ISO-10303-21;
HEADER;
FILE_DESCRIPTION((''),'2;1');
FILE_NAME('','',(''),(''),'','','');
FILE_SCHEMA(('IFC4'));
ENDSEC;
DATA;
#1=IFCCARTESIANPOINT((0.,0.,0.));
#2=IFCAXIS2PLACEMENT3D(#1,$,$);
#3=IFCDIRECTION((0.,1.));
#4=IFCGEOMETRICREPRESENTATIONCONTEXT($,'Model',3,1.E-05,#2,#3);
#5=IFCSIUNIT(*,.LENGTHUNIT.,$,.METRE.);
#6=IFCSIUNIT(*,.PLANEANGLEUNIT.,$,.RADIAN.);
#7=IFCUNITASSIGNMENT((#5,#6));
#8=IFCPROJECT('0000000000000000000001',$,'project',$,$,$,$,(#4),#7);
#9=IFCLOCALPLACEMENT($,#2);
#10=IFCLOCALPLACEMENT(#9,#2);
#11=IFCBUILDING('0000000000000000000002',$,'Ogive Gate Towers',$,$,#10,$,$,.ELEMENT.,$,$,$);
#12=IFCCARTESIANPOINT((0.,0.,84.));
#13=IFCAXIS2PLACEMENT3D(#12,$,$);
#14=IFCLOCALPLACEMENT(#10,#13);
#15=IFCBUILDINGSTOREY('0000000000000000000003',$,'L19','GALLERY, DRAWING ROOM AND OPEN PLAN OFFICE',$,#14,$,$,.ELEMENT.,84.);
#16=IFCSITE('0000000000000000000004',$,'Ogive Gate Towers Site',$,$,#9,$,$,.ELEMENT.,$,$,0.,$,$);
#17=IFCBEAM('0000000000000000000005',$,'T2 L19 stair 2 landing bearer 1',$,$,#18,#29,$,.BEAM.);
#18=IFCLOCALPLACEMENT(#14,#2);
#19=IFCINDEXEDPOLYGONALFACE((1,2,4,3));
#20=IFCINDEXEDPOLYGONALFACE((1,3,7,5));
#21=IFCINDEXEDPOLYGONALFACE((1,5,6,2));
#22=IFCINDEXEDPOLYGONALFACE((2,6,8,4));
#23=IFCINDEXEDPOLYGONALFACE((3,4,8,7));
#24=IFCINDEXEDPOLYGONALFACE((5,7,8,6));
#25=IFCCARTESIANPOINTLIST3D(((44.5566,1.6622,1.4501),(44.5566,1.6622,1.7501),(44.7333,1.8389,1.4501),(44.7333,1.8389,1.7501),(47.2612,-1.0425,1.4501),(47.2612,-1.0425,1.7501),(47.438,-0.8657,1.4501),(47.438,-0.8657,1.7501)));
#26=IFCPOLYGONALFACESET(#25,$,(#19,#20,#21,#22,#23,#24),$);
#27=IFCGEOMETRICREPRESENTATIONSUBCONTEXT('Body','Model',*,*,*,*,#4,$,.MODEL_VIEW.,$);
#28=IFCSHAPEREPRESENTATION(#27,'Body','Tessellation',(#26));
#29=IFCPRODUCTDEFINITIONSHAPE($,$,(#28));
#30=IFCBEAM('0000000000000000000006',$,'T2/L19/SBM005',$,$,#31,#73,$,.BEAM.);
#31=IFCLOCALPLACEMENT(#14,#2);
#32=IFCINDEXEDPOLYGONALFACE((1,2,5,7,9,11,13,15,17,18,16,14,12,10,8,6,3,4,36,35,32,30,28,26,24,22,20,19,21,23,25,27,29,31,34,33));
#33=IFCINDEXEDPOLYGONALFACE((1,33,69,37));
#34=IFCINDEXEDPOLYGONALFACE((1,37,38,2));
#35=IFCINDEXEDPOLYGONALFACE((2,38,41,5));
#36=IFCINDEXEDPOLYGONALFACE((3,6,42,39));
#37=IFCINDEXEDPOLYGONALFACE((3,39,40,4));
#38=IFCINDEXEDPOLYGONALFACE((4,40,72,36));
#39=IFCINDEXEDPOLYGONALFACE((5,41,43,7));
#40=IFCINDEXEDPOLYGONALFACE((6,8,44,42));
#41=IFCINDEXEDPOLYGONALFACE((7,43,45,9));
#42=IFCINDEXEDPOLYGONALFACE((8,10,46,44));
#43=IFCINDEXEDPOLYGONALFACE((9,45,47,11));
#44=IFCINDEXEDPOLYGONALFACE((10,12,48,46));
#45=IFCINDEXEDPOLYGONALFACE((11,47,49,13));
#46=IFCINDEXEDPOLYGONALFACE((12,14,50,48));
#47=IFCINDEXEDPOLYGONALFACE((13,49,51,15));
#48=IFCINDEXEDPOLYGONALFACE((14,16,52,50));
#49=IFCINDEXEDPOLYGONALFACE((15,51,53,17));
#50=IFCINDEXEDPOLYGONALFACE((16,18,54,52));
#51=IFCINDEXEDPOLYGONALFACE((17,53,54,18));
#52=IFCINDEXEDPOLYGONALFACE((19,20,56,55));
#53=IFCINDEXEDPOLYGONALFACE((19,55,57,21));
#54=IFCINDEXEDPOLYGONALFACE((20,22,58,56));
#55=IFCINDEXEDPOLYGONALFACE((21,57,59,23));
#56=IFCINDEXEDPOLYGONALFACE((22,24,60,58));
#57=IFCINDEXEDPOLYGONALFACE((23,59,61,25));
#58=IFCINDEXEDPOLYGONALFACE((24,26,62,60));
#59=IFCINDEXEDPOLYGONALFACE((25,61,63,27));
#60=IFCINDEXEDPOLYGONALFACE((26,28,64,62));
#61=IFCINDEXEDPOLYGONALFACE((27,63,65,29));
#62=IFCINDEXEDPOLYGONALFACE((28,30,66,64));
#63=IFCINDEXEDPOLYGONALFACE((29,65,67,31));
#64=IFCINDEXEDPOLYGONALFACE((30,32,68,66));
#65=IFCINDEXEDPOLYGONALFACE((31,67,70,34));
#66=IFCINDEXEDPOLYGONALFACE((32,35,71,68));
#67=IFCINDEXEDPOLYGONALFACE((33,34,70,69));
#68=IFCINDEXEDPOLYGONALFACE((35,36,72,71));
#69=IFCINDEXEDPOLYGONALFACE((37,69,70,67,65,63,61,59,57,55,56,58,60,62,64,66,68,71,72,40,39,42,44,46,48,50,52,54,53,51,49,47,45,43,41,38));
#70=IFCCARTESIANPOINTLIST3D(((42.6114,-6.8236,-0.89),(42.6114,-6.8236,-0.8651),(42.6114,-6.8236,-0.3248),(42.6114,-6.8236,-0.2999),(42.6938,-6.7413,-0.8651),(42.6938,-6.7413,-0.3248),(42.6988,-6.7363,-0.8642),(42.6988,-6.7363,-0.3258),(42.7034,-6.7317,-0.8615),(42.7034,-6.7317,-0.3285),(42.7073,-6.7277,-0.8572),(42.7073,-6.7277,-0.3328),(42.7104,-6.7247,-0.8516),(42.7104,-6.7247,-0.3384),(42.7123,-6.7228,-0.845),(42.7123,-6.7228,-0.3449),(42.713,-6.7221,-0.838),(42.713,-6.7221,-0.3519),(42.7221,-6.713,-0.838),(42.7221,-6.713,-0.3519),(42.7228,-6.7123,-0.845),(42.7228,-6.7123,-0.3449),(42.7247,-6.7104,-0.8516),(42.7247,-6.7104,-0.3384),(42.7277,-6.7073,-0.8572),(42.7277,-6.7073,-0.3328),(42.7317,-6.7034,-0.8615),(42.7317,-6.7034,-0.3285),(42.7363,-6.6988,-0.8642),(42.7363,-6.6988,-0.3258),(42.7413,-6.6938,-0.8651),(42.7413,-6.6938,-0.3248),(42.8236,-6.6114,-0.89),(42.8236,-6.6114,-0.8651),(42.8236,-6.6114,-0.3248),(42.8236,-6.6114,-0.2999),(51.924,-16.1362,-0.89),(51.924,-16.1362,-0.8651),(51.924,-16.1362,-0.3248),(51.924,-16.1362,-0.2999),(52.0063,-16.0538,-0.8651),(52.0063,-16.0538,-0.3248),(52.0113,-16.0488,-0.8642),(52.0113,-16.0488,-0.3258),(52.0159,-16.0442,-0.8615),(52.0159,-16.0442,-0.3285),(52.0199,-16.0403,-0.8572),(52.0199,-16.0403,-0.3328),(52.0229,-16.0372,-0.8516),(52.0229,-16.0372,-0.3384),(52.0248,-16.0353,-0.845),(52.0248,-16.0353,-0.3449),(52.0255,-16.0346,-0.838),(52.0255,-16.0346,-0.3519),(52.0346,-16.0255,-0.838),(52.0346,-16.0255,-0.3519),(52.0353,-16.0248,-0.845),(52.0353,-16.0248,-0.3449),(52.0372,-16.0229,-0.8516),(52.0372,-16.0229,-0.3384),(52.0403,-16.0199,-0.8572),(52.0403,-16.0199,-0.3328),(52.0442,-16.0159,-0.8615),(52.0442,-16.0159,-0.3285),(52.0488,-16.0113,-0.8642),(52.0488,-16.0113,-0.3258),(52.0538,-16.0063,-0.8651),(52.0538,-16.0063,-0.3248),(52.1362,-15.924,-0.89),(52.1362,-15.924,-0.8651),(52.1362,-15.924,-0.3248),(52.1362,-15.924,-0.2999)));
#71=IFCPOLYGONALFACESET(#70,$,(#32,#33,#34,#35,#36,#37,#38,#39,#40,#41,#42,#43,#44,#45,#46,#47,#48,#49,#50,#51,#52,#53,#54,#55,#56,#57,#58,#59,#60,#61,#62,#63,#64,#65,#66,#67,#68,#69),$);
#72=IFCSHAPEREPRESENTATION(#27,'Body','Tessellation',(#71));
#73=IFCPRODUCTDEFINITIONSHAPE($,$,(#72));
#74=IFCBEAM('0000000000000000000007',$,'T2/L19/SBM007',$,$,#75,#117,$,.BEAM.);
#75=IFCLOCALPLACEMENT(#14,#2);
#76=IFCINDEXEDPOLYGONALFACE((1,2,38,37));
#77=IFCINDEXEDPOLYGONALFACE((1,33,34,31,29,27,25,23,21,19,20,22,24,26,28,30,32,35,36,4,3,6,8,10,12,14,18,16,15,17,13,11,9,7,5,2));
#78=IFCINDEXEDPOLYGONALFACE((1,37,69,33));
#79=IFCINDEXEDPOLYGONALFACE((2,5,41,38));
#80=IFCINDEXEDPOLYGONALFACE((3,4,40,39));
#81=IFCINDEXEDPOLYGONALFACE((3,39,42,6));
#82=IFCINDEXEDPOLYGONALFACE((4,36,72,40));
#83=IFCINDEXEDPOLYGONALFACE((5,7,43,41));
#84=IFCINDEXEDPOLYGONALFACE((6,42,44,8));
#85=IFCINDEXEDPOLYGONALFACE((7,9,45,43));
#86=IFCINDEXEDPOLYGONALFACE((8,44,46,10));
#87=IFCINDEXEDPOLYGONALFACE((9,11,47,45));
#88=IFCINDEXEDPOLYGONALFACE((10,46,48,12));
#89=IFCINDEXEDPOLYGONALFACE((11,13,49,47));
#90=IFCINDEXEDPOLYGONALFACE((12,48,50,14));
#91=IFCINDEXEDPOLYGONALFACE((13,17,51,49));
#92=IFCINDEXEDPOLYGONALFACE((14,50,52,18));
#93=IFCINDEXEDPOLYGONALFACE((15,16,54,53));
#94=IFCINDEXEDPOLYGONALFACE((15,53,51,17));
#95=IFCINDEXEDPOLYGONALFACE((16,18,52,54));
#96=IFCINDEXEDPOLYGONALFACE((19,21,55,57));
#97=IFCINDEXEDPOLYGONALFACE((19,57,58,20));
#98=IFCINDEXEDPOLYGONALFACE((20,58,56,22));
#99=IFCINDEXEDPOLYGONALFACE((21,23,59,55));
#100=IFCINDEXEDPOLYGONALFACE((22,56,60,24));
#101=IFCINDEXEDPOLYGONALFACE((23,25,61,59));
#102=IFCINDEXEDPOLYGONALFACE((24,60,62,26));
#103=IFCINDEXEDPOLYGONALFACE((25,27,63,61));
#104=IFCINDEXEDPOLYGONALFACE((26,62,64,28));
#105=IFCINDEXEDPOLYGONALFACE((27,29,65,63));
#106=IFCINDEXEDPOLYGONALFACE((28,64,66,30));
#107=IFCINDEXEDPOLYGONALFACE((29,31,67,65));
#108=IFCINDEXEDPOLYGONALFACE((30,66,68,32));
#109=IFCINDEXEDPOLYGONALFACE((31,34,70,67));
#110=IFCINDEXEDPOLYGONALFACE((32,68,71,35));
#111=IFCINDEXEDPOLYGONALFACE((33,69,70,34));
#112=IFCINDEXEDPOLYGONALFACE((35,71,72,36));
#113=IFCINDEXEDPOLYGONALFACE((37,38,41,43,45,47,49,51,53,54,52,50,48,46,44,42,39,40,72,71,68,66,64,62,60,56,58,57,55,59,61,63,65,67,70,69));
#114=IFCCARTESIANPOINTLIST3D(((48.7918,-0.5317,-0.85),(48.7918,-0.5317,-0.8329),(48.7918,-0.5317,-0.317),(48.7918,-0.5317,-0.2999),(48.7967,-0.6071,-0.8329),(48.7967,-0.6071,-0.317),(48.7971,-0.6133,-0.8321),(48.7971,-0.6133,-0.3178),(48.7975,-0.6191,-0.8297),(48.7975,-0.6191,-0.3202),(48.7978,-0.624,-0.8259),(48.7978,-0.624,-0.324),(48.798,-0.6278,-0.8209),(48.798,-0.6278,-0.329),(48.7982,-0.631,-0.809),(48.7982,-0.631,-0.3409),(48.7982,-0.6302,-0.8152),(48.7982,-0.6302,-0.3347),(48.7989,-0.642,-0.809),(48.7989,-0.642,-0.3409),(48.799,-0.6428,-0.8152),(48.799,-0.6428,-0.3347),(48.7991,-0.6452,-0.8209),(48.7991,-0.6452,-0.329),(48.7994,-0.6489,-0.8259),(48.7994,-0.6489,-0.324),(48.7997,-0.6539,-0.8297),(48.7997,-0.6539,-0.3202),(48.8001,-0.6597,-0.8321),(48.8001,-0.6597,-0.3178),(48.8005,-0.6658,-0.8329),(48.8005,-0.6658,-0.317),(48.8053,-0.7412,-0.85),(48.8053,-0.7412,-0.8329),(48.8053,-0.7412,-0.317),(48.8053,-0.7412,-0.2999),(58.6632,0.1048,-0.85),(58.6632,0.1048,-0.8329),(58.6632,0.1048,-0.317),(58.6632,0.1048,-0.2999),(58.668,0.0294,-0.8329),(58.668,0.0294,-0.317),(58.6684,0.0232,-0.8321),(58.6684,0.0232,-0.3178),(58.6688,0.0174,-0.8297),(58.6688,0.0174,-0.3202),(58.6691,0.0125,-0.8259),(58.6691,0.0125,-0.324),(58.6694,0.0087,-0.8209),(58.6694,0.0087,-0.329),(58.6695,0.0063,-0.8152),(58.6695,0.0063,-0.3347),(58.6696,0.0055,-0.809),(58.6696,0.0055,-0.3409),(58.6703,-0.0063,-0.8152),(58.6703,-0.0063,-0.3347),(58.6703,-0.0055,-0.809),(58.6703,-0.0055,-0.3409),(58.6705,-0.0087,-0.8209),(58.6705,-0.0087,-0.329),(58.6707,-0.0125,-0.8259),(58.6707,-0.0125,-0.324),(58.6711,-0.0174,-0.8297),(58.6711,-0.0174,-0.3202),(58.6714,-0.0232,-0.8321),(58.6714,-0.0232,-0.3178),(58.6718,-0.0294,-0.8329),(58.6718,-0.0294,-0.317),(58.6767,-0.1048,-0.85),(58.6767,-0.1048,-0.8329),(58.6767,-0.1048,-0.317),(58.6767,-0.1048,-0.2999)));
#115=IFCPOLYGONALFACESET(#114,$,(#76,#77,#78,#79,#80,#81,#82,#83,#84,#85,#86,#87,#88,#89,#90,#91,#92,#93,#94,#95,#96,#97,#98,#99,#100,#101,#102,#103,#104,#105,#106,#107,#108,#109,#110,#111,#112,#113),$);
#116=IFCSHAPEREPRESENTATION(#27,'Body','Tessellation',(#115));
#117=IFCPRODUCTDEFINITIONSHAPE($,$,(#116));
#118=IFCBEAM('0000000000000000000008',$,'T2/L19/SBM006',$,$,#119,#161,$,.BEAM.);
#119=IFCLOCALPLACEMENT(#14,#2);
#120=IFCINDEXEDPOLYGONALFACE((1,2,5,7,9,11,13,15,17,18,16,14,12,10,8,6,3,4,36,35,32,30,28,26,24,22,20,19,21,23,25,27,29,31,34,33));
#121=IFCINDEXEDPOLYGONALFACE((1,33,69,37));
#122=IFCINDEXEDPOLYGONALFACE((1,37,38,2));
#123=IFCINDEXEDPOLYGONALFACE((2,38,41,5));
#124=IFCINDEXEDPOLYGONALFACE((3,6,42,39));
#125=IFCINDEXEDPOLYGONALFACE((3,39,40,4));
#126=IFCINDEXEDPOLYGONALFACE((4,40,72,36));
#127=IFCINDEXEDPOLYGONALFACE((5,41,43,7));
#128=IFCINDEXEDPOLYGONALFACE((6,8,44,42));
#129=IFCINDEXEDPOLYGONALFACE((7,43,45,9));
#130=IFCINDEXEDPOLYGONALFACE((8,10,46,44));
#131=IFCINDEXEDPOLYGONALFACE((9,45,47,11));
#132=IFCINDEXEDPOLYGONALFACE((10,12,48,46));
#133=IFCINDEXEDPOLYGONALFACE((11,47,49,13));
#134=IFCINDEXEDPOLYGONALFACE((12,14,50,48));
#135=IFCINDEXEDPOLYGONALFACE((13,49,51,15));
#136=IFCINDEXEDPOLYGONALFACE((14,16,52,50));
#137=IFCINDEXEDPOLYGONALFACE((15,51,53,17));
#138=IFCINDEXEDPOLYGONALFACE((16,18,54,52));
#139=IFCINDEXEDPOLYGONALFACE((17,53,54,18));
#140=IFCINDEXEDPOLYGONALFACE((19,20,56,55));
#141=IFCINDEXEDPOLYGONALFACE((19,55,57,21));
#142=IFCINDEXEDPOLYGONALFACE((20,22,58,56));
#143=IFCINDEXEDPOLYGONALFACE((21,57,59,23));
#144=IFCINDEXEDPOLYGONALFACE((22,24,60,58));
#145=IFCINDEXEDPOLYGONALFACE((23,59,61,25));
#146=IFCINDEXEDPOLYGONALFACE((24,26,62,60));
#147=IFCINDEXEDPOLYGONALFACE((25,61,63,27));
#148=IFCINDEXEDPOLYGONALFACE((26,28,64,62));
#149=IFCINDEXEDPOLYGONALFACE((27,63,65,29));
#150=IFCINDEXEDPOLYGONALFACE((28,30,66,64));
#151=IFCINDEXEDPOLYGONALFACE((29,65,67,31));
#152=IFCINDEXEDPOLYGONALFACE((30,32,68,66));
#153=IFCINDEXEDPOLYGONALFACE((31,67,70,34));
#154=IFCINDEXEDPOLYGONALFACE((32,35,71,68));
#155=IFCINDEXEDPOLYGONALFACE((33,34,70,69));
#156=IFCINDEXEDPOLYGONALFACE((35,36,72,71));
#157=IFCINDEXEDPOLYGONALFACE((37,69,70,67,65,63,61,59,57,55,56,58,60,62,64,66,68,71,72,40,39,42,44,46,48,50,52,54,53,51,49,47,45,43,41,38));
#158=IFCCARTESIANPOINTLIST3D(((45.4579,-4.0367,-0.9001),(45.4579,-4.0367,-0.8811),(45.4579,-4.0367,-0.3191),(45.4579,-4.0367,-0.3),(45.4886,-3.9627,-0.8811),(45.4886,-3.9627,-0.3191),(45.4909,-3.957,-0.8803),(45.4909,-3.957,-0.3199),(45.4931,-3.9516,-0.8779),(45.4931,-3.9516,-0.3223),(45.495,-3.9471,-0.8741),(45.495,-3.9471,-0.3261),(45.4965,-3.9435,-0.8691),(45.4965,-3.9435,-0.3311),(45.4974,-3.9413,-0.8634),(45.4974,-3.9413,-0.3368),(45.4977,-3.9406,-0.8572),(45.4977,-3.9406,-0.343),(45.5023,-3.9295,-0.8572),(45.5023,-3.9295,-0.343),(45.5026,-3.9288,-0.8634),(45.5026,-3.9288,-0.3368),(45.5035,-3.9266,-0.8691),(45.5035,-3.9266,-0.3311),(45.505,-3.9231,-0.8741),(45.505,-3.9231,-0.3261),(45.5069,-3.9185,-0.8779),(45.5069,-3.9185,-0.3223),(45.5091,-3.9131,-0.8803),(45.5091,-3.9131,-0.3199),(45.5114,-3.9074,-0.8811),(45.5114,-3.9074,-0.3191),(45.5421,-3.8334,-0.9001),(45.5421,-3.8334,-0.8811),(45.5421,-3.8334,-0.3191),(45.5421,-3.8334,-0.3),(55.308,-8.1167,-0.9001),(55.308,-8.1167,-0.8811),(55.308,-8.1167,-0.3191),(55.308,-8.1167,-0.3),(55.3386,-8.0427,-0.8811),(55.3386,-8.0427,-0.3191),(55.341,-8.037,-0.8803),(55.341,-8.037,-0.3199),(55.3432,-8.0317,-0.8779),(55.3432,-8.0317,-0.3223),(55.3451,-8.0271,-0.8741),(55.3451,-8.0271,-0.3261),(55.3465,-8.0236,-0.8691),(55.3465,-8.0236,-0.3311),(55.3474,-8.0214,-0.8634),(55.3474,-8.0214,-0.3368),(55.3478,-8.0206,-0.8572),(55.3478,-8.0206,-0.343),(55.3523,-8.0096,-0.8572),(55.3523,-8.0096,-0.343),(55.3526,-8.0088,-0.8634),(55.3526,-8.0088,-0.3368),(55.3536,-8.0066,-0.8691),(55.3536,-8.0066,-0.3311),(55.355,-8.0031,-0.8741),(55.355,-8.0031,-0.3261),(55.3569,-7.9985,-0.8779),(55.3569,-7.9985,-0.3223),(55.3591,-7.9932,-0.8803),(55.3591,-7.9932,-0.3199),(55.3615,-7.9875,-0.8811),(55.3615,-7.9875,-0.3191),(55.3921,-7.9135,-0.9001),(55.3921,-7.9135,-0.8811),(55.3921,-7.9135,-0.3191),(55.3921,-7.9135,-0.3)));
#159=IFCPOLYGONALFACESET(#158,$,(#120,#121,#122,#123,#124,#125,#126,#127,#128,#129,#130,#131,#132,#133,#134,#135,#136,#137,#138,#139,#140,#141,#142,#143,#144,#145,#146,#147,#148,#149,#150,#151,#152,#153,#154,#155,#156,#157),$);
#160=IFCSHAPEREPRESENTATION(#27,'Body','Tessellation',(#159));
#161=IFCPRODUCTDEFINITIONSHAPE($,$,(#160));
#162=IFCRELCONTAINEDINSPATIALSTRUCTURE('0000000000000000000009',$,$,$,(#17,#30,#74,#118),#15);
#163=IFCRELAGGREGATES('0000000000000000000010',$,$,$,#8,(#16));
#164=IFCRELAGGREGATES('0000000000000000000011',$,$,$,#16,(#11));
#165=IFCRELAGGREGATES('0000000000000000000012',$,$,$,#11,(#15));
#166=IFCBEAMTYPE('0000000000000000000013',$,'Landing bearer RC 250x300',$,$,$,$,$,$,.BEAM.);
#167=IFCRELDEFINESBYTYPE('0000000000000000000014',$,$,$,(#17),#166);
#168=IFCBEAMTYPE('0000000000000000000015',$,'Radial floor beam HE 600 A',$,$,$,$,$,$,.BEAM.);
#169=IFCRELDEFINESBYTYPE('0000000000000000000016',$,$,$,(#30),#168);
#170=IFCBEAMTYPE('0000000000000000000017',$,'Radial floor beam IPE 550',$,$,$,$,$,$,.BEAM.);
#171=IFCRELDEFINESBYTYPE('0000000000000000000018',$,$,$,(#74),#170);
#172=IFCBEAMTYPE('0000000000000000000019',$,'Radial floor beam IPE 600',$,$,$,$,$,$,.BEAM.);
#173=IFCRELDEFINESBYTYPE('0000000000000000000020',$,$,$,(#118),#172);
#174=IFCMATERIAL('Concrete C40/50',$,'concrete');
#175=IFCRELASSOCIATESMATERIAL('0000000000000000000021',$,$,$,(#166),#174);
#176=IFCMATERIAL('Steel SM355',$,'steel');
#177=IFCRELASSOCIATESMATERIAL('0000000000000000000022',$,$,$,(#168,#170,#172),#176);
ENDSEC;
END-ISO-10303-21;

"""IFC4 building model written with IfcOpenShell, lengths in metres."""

from ifc_helpers import new_model, si_unit, direction, frame, origin, origin_2d, place, context, subcontext, project, spatial, rectangle, i_section, extrude, material, material_profile, profile_set, type_object, element, save


model = new_model("IFC4")

# Units and contexts
model_context = context("Model", 3, precision=1e-05, world=origin(), true_north=direction((0.0, 1.0)))
body_context = subcontext(model_context, "Body", "Model", "MODEL_VIEW")
ifc_project = project(units=[si_unit("LENGTHUNIT", "METRE"), si_unit("PLANEANGLEUNIT", "RADIAN")], contexts=[model_context])

# Site, building, storey
site_placement = place(None, origin())
site = spatial("IfcSite", under=ifc_project, at=site_placement, Name="Ogive Gate Towers Site", CompositionType="ELEMENT", RefElevation=0.0)
building_placement = place(site_placement, origin())
building = spatial("IfcBuilding", under=site, at=building_placement, Name="Ogive Gate Towers", CompositionType="ELEMENT")
storey_placement = place(building_placement, frame((0.0, 0.0, 84.0)))
storey = spatial("IfcBuildingStorey", under=building, at=storey_placement, Name="L19", Description="GALLERY, DRAWING ROOM AND OPEN PLAN OFFICE", CompositionType="ELEMENT", Elevation=84.0)

# Beams
ifc_material_1 = material(Name="Concrete C40/50", Category="concrete")
ifc_material_profile_1 = material_profile(ifc_material_1, rectangle(XDim=0.25, YDim=0.3, at=origin_2d()), Name="RC 250x300")
ifc_profile_set_1 = profile_set([ifc_material_profile_1], Name="Concrete C40/50")
beam_type_1 = type_object("IfcBeamType", Name="Landing bearer RC 250x300", PredefinedType="BEAM", material=ifc_profile_set_1)
beam_1_placement = place(storey_placement, frame((47.3496, -0.9541, 1.6001), z_axis=(-0.707107, 0.707107, 0.0), x_axis=(-0.707107, -0.707107, 0.0)))
element("IfcBeam", 1, at=beam_1_placement, inside=storey, type_object=beam_type_1, Name="T2 L19 stair 2 landing bearer 1", PredefinedType="BEAM", context=body_context, shape_type="SweptSolid", body=[
    extrude(rectangle(XDim=0.25, YDim=0.3, at=origin_2d()), origin(), (0.0, 0.0, 1.0), 3.825),
])
ifc_material_2 = material(Name="Steel SM355", Category="steel")
ifc_material_profile_2 = material_profile(ifc_material_2, i_section(OverallWidth=0.3, OverallDepth=0.5901, WebThickness=0.0129, FlangeThickness=0.0249, FilletRadius=0.0271, at=origin_2d()), Name="HE 600 A")
ifc_profile_set_2 = profile_set([ifc_material_profile_2], Name="Steel SM355")
beam_type_2 = type_object("IfcBeamType", Name="Radial floor beam HE 600 A", PredefinedType="BEAM", material=ifc_profile_set_2)
beam_2_placement = place(storey_placement, frame((42.7175, -6.7175, -0.595), z_axis=(0.707107, -0.707107, 0.0), x_axis=(0.707107, 0.707107, 0.0)))
element("IfcBeam", 2, at=beam_2_placement, inside=storey, type_object=beam_type_2, Name="T2/L19/SBM005", PredefinedType="BEAM", context=body_context, shape_type="SweptSolid", body=[
    extrude(i_section(OverallWidth=0.3, OverallDepth=0.5901, WebThickness=0.0129, FlangeThickness=0.0249, FilletRadius=0.0271, at=origin_2d()), origin(), (0.0, 0.0, 1.0), 13.1699),
])
ifc_material_profile_3 = material_profile(ifc_material_2, i_section(OverallWidth=0.21, OverallDepth=0.55, WebThickness=0.011, FlangeThickness=0.0171, FilletRadius=0.0239, at=origin_2d()), Name="IPE 550")
ifc_profile_set_3 = profile_set([ifc_material_profile_3], Name="Steel SM355")
beam_type_3 = type_object("IfcBeamType", Name="Radial floor beam IPE 550", PredefinedType="BEAM", material=ifc_profile_set_3)
beam_3_placement = place(storey_placement, frame((48.7986, -0.6365, -0.575), z_axis=(0.997928, 0.064343, 0.0), x_axis=(-0.064343, 0.997928, 0.0)))
element("IfcBeam", 3, at=beam_3_placement, inside=storey, type_object=beam_type_3, Name="T2/L19/SBM007", PredefinedType="BEAM", context=body_context, shape_type="SweptSolid", body=[
    extrude(i_section(OverallWidth=0.21, OverallDepth=0.55, WebThickness=0.011, FlangeThickness=0.0171, FilletRadius=0.0239, at=origin_2d()), origin(), (0.0, 0.0, 1.0), 9.8918),
])
ifc_material_profile_4 = material_profile(ifc_material_2, i_section(OverallWidth=0.22, OverallDepth=0.6001, WebThickness=0.012, FlangeThickness=0.019, FilletRadius=0.0239, at=origin_2d()), Name="IPE 600")
ifc_profile_set_4 = profile_set([ifc_material_profile_4], Name="Steel SM355")
beam_type_4 = type_object("IfcBeamType", Name="Radial floor beam IPE 600", PredefinedType="BEAM", material=ifc_profile_set_4)
beam_4_placement = place(storey_placement, frame((45.5, -3.9351, -0.6001), z_axis=(0.923878, -0.382686, 0.0), x_axis=(0.382686, 0.923878, 0.0)))
element("IfcBeam", 4, at=beam_4_placement, inside=storey, type_object=beam_type_4, Name="T2/L19/SBM006", PredefinedType="BEAM", context=body_context, shape_type="SweptSolid", body=[
    extrude(i_section(OverallWidth=0.22, OverallDepth=0.6001, WebThickness=0.012, FlangeThickness=0.019, FilletRadius=0.0239, at=origin_2d()), origin(), (0.0, 0.0, 1.0), 10.6616),
])

save(model, "model.ifc")
